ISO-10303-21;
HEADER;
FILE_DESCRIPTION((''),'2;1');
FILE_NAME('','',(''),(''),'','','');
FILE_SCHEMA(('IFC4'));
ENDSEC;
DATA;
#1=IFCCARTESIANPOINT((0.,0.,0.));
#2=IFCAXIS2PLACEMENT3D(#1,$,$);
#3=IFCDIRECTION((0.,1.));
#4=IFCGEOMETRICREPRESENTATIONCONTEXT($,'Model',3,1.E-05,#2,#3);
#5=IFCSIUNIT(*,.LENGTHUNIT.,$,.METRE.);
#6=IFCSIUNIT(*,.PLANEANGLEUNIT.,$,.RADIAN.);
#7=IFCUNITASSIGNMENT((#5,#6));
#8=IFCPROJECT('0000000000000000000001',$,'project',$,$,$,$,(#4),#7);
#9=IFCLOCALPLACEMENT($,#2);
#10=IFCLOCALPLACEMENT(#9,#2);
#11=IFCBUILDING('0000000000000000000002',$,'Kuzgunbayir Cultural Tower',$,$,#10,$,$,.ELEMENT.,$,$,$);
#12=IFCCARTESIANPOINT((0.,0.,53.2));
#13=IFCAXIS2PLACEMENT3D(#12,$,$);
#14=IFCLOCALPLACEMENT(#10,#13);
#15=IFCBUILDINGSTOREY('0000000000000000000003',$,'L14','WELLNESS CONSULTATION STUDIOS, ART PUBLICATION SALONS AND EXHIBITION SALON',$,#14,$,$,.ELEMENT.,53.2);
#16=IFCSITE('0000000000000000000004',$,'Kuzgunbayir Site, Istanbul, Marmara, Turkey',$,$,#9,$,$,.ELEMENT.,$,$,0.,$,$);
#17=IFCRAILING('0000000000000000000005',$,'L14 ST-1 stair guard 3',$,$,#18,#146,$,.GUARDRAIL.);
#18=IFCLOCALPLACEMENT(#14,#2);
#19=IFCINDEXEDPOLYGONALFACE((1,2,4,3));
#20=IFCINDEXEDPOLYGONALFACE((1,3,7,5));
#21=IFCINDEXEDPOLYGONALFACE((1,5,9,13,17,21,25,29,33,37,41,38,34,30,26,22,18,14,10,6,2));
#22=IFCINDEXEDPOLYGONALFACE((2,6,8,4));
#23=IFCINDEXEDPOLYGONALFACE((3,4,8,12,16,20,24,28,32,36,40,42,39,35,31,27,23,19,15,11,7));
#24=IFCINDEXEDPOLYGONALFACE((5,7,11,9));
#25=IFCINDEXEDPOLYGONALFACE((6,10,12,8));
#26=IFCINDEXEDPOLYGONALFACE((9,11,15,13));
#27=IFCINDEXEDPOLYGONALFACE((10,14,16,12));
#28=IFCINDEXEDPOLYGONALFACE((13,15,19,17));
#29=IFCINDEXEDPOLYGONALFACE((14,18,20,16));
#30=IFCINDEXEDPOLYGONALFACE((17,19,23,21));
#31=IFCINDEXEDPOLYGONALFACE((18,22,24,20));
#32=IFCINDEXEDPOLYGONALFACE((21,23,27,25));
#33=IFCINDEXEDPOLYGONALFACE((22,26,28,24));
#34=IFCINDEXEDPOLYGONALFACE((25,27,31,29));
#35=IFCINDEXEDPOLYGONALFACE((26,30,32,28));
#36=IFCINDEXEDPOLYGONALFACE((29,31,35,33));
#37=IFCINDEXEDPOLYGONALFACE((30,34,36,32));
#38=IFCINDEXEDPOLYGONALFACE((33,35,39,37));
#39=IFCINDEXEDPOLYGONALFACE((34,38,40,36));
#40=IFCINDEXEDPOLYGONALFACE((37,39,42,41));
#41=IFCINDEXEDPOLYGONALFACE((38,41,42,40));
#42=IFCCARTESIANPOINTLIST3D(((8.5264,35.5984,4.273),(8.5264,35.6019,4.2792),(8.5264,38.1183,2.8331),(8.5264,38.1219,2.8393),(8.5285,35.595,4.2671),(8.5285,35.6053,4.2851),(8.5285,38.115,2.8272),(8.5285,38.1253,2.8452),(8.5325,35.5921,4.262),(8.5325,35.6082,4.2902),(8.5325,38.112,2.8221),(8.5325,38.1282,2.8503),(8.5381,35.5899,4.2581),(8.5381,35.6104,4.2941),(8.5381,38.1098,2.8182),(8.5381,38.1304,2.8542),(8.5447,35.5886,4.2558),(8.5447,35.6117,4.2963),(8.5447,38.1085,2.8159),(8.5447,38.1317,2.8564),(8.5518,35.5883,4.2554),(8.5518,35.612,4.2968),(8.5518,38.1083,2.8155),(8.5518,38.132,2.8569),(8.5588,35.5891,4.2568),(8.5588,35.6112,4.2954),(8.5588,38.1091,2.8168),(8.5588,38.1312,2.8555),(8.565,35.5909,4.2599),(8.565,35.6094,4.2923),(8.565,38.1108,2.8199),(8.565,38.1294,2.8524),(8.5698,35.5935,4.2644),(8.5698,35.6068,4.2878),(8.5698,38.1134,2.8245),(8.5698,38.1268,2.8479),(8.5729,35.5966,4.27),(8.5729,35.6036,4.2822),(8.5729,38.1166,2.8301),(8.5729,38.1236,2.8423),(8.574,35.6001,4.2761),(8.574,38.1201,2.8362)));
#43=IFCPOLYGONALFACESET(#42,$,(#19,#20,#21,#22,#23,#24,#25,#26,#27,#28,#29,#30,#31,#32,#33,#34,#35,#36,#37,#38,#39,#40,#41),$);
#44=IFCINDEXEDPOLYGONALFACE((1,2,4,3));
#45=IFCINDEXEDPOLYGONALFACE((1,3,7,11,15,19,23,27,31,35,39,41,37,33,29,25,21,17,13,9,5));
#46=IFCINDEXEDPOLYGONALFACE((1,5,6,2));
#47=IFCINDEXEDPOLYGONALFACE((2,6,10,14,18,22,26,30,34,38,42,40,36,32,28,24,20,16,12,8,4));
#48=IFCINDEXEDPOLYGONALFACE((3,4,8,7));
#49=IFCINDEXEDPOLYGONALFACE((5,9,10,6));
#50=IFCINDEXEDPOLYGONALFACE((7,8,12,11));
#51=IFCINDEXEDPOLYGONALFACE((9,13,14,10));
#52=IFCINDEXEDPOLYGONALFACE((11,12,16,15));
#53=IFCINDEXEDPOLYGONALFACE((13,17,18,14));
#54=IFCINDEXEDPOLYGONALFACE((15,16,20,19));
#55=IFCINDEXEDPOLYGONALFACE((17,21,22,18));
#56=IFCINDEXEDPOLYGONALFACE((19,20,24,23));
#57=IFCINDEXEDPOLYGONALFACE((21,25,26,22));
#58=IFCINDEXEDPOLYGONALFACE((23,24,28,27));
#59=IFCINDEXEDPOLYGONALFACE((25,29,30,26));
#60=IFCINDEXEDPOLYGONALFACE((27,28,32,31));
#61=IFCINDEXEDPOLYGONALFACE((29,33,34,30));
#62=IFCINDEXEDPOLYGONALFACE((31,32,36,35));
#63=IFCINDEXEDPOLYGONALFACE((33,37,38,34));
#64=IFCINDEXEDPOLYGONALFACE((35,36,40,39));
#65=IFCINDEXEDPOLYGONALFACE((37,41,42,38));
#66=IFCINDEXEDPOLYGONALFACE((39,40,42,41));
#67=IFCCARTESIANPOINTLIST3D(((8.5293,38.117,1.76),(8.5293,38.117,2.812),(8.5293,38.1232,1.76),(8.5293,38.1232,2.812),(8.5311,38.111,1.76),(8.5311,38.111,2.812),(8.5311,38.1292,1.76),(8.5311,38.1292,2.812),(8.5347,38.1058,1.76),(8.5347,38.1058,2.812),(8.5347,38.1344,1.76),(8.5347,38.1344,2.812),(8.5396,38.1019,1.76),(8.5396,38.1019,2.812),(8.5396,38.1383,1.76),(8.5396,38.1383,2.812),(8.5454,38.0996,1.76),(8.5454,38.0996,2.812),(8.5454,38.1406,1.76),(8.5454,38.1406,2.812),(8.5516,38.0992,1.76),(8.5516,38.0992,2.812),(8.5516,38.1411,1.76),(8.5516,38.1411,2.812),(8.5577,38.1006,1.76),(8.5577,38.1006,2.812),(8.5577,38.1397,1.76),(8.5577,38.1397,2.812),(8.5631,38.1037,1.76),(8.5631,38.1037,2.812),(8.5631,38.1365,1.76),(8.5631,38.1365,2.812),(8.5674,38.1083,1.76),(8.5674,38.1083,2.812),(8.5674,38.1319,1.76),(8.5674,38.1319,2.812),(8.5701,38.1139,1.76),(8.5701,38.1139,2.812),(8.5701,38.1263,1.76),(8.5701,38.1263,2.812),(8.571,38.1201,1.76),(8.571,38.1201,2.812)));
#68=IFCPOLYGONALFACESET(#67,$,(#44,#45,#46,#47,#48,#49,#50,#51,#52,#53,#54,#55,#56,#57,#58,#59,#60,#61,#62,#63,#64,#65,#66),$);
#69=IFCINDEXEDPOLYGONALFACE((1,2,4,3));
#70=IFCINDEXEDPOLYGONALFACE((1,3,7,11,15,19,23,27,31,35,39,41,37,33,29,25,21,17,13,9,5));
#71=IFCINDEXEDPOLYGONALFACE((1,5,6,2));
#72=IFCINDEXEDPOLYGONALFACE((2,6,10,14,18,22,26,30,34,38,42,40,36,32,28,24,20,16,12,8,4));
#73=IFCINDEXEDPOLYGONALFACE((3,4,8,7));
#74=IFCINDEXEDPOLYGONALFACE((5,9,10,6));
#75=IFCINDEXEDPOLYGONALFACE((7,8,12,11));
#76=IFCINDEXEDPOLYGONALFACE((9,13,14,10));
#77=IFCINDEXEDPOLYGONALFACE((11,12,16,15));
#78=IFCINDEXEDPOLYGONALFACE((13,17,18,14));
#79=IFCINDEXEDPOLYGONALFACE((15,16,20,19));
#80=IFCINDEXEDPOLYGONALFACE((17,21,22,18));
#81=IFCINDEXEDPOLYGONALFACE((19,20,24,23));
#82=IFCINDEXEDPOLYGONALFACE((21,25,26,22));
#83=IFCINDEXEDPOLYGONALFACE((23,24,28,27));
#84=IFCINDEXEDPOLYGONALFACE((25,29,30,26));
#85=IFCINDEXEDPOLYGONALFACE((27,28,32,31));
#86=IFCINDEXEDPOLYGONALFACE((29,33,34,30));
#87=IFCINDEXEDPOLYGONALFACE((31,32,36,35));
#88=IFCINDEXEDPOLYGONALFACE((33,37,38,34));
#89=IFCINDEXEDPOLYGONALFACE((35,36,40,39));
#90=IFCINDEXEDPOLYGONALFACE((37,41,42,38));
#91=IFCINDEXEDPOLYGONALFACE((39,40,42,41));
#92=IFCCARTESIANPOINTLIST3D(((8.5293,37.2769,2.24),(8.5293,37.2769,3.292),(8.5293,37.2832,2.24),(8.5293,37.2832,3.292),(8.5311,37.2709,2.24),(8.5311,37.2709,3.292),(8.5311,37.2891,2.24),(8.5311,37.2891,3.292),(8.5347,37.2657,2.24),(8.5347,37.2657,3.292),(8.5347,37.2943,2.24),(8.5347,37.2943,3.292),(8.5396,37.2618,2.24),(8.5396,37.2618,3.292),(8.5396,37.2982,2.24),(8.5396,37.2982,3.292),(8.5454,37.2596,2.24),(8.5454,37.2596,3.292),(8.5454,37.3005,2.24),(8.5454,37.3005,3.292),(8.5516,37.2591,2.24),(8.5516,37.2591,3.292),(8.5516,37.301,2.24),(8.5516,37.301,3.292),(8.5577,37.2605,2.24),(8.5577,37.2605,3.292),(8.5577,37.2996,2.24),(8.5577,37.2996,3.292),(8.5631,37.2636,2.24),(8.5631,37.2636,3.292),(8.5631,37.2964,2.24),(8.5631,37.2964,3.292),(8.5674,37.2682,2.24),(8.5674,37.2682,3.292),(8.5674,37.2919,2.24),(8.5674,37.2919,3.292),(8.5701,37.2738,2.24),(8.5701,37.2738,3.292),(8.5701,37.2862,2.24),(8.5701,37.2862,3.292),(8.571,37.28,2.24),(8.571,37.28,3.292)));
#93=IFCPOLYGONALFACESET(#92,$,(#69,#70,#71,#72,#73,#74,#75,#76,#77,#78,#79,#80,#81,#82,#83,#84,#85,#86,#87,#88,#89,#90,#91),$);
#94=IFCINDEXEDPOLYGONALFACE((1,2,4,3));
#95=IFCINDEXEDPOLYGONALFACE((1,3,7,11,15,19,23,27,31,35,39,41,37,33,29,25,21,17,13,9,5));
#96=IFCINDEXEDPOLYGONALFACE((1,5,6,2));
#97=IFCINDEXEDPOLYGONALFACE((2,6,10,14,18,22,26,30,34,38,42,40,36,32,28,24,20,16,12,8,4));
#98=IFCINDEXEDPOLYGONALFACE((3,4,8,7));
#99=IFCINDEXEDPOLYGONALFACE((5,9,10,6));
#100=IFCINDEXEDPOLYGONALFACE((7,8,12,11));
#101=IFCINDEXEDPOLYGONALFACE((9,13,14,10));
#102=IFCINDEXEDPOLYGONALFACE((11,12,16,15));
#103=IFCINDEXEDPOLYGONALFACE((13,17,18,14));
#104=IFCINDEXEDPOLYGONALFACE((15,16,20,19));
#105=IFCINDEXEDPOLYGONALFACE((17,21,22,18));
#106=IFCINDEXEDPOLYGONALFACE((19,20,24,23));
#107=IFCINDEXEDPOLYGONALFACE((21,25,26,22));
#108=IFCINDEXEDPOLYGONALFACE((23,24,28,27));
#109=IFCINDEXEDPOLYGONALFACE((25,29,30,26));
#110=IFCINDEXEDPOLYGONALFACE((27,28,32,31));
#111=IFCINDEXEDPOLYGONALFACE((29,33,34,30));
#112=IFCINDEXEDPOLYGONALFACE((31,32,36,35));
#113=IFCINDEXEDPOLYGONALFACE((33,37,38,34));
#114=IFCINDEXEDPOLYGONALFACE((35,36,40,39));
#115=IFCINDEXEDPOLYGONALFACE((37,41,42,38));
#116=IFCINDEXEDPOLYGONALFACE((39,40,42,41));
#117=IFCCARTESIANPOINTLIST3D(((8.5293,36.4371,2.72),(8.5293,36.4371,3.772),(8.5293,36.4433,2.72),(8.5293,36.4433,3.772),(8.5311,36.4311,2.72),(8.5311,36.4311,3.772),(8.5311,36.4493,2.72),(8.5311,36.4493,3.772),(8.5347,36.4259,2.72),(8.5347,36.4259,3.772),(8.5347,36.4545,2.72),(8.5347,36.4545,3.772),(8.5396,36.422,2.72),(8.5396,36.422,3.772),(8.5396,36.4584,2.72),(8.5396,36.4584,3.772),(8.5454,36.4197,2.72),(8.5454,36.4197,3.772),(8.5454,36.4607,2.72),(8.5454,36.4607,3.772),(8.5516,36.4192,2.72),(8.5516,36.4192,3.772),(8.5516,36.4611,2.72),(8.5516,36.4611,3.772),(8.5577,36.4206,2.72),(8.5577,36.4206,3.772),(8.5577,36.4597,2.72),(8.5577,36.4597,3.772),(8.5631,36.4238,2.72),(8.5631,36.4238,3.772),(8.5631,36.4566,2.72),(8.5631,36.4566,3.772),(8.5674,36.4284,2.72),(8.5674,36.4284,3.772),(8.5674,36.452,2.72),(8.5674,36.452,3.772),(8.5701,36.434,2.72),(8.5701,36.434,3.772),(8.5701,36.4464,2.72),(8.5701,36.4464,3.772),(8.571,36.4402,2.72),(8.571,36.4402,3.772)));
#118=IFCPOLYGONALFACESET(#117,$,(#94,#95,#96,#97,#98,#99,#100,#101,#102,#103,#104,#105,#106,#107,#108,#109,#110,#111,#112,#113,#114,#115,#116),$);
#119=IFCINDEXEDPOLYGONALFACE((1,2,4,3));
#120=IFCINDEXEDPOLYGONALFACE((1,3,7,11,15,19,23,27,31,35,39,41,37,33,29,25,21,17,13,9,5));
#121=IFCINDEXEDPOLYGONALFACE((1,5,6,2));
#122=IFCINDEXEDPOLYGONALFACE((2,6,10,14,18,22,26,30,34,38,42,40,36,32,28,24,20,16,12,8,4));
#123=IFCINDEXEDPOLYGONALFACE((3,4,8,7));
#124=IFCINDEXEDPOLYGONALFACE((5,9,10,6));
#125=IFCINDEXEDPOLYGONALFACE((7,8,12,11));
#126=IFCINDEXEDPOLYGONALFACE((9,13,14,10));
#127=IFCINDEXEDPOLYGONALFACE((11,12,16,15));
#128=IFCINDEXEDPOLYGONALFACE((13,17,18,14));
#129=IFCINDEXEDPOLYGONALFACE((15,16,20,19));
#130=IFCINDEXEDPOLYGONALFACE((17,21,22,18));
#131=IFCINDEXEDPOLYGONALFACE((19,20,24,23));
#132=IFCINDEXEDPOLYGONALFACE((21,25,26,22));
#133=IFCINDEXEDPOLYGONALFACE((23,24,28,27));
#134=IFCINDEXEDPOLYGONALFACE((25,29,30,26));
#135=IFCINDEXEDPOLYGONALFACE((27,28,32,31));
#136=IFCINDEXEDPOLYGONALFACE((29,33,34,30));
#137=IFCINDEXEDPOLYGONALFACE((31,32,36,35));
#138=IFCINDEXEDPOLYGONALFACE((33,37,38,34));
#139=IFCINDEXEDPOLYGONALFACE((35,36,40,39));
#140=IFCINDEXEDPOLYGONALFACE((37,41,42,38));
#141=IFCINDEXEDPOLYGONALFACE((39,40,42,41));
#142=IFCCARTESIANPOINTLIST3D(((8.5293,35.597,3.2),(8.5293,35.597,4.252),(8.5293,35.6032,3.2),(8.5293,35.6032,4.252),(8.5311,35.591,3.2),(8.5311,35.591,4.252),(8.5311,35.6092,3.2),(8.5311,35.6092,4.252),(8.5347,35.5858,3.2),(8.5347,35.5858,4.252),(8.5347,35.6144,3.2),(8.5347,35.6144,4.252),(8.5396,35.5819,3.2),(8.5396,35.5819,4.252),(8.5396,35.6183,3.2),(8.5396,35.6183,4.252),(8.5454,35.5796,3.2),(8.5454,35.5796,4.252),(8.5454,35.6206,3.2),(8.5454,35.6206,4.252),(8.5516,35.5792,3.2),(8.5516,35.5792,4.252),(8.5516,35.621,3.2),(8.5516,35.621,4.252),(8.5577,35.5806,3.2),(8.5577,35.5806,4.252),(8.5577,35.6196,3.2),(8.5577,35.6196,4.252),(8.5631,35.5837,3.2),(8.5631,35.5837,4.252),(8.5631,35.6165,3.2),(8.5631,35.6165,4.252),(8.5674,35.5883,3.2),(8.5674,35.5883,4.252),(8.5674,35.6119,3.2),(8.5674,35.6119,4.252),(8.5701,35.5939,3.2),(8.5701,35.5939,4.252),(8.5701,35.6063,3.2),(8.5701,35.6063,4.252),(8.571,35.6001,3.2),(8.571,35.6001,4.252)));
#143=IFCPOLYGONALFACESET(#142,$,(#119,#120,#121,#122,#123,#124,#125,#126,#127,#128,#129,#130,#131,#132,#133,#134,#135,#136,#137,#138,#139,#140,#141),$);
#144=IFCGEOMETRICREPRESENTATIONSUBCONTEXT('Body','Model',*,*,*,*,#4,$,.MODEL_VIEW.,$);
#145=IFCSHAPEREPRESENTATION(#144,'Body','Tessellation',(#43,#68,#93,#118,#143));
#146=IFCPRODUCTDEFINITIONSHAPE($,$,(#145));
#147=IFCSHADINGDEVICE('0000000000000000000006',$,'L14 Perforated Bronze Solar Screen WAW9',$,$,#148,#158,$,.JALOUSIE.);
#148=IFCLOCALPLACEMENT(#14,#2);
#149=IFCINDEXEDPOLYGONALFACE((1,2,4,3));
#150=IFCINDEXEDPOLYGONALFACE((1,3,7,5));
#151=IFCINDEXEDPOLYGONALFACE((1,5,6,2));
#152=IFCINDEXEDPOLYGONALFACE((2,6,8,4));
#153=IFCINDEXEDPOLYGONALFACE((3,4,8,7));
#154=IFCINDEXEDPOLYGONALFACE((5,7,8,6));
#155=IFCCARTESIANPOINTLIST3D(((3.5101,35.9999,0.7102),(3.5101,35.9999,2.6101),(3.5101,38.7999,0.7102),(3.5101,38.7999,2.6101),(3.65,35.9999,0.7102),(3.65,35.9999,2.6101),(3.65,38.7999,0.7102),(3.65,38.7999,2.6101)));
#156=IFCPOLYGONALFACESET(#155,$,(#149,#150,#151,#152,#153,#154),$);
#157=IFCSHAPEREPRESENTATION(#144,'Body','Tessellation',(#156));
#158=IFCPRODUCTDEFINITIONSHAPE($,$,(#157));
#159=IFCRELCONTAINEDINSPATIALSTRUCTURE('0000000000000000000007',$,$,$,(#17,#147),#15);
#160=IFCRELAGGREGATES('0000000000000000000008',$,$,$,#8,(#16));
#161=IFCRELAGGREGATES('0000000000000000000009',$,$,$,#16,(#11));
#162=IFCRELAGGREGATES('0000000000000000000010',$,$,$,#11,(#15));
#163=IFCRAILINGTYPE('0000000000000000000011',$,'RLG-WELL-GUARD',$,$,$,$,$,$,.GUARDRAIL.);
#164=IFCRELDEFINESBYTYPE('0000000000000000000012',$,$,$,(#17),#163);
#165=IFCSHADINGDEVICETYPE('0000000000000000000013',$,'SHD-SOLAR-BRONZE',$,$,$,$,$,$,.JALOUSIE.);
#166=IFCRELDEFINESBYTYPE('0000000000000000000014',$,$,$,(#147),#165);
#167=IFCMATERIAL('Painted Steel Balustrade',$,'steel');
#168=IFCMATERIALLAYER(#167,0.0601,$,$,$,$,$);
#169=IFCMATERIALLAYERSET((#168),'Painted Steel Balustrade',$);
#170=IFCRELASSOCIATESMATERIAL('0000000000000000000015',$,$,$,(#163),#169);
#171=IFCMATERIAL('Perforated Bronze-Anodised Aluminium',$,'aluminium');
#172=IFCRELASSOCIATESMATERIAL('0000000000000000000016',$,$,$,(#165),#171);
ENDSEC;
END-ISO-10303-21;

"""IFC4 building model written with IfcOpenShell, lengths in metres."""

from ifc_helpers import new_model, si_unit, direction, frame, origin, origin_2d, place, context, subcontext, project, spatial, rectangle, circle, extrude, material, layer, layer_set, type_object, element, save


model = new_model("IFC4")

# Units and contexts
model_context = context("Model", 3, precision=1e-05, world=origin(), true_north=direction((0.0, 1.0)))
body_context = subcontext(model_context, "Body", "Model", "MODEL_VIEW")
ifc_project = project(units=[si_unit("LENGTHUNIT", "METRE"), si_unit("PLANEANGLEUNIT", "RADIAN")], contexts=[model_context])

# Site, building, storey
site_placement = place(None, origin())
site = spatial("IfcSite", under=ifc_project, at=site_placement, Name="Kuzgunbayir Site, Istanbul, Marmara, Turkey", CompositionType="ELEMENT", RefElevation=0.0)
building_placement = place(site_placement, origin())
building = spatial("IfcBuilding", under=site, at=building_placement, Name="Kuzgunbayir Cultural Tower", CompositionType="ELEMENT")
storey_placement = place(building_placement, frame((0.0, 0.0, 53.2)))
storey = spatial("IfcBuildingStorey", under=building, at=storey_placement, Name="L14", Description="WELLNESS CONSULTATION STUDIOS, ART PUBLICATION SALONS AND EXHIBITION SALON", CompositionType="ELEMENT", Elevation=53.2)

# Railing
ifc_material_1 = material(Name="Painted Steel Balustrade", Category="steel")
ifc_layer_1 = layer(ifc_material_1, 0.0601)
ifc_layer_set_1 = layer_set([ifc_layer_1], Name="Painted Steel Balustrade")
railing_type_1 = type_object("IfcRailingType", Name="RLG-WELL-GUARD", PredefinedType="GUARDRAIL", material=ifc_layer_set_1)
railing_1_placement = place(storey_placement, frame((8.55, 38.1201, 1.76)))
element("IfcRailing", 1, at=railing_1_placement, inside=storey, type_object=railing_type_1, Name="L14 ST-1 stair guard 3", PredefinedType="GUARDRAIL", context=body_context, shape_type="SweptSolid", body=[
    extrude(circle(Radius=0.0239, at=origin_2d()), frame((0.0, 0.0, 1.0762), z_axis=(0.0, -0.868253, 0.496121), x_axis=(1.0, 0.0, 0.0)), (0.0, 0.0, 1.0), 2.9023),
    extrude(circle(Radius=0.021, at=origin_2d()), origin(), (0.0, 0.0, 1.0), 1.052),
    extrude(circle(Radius=0.021, at=origin_2d()), frame((0.0, -0.8401, 0.48)), (0.0, 0.0, 1.0), 1.052),
    extrude(circle(Radius=0.021, at=origin_2d()), frame((0.0, -1.6799, 0.96)), (0.0, 0.0, 1.0), 1.052),
    extrude(circle(Radius=0.021, at=origin_2d()), frame((0.0, -2.52, 1.4399)), (0.0, 0.0, 1.0), 1.052),
])

# Shading device
ifc_material_2 = material(Name="Perforated Bronze-Anodised Aluminium", Category="aluminium")
shading_device_type = type_object("IfcShadingDeviceType", Name="SHD-SOLAR-BRONZE", PredefinedType="JALOUSIE", material=ifc_material_2)
shading_device_placement = place(storey_placement, frame((3.5801, 37.3999, 0.7102), z_axis=(0.0, 0.0, 1.0), x_axis=(1.0, 0.0, 0.0)))
element("IfcShadingDevice", 2, at=shading_device_placement, inside=storey, type_object=shading_device_type, Name="L14 Perforated Bronze Solar Screen WAW9", PredefinedType="JALOUSIE", context=body_context, shape_type="SweptSolid", body=[
    extrude(rectangle(XDim=0.1399, YDim=2.8, at=origin_2d()), origin(), (0.0, 0.0, 1.0), 1.8999),
])

save(model, "model.ifc")
